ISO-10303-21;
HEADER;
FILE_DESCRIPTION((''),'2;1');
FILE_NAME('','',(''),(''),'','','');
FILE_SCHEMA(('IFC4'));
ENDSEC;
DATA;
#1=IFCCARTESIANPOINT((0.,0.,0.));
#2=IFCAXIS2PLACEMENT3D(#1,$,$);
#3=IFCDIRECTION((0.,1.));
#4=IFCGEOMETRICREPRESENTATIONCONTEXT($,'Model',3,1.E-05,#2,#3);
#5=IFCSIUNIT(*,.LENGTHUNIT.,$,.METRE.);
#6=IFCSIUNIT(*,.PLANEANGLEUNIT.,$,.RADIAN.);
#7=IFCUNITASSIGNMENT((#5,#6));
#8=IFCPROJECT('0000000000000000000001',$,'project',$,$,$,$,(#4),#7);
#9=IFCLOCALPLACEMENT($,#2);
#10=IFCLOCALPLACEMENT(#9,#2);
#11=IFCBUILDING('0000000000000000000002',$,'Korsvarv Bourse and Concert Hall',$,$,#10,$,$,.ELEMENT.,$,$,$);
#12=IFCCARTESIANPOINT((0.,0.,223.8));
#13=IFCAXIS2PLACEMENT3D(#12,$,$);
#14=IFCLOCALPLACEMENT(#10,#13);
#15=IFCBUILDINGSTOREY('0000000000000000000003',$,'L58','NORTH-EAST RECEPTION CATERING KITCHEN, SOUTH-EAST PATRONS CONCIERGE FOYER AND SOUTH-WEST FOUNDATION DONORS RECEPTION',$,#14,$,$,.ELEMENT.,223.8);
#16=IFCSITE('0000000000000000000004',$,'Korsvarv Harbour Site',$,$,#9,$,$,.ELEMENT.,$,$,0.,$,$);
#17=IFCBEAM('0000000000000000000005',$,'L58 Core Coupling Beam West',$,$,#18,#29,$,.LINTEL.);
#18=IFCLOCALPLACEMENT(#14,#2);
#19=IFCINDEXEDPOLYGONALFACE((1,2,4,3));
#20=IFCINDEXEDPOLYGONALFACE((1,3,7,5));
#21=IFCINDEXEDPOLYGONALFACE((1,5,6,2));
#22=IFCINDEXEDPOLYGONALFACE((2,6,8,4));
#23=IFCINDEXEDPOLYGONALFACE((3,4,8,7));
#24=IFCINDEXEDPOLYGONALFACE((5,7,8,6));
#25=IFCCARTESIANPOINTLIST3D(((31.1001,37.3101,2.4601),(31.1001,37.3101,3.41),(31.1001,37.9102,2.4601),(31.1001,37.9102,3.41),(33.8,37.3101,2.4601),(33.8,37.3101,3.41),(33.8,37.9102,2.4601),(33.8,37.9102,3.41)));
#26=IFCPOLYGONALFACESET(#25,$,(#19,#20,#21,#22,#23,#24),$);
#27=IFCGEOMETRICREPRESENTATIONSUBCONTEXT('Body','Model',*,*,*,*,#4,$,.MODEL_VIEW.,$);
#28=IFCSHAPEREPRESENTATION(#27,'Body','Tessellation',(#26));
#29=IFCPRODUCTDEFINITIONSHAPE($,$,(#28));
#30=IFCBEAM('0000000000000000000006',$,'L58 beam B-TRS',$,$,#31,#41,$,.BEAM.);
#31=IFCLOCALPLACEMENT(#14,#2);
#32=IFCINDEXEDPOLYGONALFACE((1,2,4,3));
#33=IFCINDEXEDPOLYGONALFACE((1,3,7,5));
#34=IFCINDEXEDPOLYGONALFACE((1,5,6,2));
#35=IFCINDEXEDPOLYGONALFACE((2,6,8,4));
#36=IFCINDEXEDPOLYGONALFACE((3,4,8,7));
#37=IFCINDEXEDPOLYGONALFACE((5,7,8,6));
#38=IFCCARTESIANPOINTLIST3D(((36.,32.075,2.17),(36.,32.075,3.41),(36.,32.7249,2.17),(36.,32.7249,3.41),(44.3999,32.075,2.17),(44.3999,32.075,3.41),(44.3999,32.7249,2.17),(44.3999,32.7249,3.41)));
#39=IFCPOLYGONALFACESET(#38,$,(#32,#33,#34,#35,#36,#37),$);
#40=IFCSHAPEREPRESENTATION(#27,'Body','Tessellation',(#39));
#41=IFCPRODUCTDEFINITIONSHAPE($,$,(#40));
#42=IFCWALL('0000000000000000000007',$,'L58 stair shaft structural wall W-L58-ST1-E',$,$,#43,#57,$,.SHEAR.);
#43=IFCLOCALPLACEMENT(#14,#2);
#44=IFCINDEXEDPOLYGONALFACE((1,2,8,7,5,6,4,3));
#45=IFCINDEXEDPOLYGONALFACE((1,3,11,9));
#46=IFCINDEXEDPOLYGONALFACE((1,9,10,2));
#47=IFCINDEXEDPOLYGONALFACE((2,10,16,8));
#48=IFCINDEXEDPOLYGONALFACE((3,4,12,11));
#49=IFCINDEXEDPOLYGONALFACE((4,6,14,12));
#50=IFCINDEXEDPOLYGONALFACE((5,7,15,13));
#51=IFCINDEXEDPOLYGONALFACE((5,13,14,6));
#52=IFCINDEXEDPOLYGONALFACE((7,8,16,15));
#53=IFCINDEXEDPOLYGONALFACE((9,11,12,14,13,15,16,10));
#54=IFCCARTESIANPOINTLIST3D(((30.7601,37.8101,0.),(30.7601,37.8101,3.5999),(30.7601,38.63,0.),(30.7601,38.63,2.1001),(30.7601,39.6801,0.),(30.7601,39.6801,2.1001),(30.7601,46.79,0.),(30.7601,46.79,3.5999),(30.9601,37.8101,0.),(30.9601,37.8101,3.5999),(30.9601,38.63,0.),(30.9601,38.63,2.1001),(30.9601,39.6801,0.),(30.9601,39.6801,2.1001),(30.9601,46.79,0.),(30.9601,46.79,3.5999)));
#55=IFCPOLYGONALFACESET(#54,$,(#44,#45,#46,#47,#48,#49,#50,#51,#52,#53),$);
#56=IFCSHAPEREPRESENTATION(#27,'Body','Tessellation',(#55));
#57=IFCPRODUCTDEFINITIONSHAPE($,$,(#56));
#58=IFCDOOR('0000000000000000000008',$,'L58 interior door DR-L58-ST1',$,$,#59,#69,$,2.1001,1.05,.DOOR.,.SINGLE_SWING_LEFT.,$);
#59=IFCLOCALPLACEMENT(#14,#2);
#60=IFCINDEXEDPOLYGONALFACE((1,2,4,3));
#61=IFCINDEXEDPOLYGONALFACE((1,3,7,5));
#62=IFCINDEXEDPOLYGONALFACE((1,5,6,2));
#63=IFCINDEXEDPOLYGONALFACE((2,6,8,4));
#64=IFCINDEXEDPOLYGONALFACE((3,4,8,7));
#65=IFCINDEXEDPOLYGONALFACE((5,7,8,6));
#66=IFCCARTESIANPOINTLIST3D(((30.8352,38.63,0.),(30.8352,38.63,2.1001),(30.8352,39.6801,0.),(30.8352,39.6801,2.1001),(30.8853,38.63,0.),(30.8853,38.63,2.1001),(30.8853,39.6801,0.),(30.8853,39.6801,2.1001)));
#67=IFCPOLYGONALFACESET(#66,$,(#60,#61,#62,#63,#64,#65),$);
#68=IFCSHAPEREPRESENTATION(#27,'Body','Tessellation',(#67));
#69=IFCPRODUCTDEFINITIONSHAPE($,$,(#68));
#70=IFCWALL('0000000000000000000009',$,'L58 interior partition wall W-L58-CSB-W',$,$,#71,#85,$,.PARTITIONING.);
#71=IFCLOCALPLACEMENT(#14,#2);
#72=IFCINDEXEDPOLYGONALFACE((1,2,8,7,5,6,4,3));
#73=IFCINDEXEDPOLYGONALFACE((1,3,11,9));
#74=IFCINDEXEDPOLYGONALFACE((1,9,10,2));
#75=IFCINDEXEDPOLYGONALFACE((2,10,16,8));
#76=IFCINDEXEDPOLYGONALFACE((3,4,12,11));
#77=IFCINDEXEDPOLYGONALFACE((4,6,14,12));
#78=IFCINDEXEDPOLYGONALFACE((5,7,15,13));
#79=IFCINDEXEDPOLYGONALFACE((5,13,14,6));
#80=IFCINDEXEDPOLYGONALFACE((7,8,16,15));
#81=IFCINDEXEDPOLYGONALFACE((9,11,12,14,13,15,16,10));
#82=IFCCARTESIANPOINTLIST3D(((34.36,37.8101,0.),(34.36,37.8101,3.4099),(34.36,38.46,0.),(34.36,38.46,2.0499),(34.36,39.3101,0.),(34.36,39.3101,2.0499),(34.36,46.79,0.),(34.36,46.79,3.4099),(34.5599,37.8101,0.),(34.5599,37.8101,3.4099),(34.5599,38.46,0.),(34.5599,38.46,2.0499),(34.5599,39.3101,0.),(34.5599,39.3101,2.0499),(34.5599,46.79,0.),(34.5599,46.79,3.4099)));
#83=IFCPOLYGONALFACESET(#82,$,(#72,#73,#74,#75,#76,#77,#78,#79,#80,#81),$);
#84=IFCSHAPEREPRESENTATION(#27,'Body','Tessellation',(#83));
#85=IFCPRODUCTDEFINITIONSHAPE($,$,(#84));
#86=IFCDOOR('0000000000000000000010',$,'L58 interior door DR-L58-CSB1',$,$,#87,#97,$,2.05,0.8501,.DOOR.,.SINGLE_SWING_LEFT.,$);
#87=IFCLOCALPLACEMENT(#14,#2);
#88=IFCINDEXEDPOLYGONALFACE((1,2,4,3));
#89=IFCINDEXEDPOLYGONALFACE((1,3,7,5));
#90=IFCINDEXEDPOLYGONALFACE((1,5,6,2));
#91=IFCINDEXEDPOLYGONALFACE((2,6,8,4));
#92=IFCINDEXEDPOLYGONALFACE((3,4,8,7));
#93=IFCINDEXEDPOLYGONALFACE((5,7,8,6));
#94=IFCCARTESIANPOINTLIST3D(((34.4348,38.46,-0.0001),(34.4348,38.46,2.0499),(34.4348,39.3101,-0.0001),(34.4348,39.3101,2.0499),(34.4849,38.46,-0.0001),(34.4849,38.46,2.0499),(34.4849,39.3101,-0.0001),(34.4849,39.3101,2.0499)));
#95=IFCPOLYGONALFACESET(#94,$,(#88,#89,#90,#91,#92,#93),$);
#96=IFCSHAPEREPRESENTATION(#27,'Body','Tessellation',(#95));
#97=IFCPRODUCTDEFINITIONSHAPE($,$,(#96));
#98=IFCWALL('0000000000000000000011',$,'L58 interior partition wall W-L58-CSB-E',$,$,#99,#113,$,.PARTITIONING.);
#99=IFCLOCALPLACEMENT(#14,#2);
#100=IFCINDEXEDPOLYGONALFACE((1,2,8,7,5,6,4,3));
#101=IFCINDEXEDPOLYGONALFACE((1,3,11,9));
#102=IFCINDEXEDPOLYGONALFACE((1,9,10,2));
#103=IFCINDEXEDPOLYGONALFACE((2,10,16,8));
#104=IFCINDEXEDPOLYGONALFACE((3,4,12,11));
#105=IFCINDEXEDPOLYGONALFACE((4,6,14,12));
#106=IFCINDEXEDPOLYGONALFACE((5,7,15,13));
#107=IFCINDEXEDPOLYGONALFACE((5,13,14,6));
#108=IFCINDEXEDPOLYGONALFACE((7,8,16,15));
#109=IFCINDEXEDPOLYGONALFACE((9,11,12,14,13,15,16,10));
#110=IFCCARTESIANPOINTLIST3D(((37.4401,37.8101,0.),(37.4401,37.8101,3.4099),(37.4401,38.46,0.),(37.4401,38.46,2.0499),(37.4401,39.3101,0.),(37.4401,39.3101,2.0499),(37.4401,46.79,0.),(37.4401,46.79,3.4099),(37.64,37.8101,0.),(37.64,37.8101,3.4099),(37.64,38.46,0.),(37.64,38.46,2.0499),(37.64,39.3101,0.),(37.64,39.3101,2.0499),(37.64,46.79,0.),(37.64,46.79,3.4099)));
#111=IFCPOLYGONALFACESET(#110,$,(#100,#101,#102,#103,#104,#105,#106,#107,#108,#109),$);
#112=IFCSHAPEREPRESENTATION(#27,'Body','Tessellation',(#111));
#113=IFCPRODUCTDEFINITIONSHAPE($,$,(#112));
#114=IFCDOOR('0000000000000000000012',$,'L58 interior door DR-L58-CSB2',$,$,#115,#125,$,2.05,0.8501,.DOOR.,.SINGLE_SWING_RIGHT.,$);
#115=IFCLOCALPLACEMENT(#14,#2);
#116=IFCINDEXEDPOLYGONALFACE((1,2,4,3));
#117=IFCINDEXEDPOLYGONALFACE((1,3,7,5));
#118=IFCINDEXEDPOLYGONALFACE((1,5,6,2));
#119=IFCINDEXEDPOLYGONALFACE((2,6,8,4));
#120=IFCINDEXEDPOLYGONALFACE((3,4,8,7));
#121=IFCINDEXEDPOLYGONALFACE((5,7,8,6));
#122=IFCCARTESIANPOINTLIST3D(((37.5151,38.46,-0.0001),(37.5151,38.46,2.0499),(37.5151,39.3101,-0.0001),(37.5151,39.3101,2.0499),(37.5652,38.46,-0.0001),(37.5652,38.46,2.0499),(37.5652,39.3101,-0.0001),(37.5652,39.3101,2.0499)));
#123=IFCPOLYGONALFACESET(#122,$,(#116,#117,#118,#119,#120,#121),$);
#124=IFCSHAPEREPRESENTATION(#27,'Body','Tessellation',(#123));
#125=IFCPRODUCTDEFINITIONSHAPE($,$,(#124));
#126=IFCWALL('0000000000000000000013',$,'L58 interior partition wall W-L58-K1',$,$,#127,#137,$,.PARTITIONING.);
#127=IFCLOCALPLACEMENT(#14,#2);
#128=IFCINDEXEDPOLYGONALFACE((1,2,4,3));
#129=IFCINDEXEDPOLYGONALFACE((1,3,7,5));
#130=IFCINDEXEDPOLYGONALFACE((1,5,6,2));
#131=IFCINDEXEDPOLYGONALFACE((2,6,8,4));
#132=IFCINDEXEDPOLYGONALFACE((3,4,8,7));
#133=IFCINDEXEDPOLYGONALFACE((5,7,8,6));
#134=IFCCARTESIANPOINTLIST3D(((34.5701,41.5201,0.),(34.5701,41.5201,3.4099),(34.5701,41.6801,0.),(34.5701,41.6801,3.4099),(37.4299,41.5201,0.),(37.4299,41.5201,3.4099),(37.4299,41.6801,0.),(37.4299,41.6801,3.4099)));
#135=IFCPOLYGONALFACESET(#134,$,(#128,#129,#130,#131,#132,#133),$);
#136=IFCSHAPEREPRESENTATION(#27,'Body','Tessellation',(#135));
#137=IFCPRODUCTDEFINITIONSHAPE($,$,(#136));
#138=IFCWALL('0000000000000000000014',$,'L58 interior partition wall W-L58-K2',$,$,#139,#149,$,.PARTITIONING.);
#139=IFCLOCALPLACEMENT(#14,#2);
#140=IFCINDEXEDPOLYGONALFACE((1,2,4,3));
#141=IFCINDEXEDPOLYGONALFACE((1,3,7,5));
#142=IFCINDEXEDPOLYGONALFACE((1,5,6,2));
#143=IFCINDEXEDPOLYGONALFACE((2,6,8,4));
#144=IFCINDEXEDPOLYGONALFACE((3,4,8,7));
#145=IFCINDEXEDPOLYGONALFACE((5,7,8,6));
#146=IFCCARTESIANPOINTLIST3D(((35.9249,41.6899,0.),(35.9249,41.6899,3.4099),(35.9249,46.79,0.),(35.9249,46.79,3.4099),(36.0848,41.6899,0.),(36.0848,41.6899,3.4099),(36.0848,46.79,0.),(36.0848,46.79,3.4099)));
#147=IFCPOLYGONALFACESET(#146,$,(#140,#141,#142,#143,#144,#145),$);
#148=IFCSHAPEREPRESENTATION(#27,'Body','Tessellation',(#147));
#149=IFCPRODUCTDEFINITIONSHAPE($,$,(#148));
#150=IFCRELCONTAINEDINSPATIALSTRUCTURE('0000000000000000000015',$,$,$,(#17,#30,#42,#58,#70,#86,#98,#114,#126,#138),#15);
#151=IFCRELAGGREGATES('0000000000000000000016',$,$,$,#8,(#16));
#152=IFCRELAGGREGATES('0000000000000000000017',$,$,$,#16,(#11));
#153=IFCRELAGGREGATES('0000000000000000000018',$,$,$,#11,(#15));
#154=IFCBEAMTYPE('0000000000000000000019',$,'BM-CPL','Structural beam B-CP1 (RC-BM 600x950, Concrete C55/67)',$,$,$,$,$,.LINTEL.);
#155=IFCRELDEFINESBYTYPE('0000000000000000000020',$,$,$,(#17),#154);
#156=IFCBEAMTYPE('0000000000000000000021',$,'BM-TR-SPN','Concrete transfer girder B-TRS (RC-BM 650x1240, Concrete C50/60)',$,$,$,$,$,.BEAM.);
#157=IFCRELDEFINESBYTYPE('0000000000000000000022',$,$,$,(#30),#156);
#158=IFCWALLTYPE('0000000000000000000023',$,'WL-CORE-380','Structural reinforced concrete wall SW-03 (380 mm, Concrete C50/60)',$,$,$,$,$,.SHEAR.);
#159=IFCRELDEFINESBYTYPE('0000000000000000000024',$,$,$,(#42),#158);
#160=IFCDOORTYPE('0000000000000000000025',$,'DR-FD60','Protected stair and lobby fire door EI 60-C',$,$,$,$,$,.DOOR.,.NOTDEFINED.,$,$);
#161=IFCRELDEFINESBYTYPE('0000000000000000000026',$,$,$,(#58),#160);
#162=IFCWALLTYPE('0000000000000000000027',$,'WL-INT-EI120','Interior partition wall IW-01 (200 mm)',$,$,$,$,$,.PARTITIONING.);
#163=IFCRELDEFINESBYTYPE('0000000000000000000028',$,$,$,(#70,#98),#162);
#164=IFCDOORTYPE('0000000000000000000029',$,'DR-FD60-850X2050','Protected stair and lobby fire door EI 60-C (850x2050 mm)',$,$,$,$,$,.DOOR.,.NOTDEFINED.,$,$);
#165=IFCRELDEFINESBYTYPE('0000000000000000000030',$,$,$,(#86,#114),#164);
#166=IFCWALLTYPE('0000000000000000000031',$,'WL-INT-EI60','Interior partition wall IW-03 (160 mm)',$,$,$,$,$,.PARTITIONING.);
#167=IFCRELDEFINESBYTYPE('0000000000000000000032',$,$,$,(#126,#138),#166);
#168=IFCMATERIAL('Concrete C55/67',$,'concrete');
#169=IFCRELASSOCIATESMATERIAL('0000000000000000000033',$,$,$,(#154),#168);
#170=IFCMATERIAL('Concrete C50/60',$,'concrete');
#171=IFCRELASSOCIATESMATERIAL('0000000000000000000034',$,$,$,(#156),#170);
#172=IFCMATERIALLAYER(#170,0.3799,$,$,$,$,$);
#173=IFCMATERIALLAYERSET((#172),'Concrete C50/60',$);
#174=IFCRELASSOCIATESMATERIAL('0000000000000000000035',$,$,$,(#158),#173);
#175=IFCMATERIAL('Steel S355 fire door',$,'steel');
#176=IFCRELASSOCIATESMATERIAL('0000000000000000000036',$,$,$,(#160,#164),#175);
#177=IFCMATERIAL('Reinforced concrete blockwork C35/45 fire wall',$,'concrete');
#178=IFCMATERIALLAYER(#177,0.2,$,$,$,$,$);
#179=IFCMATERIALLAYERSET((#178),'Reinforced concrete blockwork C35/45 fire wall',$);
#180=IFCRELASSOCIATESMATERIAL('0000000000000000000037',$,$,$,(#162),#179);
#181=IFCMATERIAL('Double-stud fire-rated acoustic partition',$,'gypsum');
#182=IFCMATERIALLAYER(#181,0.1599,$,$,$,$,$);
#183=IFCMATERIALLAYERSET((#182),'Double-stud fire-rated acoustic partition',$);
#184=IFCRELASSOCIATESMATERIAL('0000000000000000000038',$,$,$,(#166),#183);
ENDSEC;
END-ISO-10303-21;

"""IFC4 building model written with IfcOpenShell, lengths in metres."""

from ifc_helpers import new_model, si_unit, direction, frame, frame_2d, origin, origin_2d, place, context, subcontext, project, spatial, rectangle, extrude, source, transform, mapped, material, layer, layer_set, material_profile, profile_set, type_object, element, fill, save


model = new_model("IFC4")

# Units and contexts
model_context = context("Model", 3, precision=1e-05, world=origin(), true_north=direction((0.0, 1.0)))
body_context = subcontext(model_context, "Body", "Model", "MODEL_VIEW")
ifc_project = project(units=[si_unit("LENGTHUNIT", "METRE"), si_unit("PLANEANGLEUNIT", "RADIAN")], contexts=[model_context])

# Site, building, storey
site_placement = place(None, origin())
site = spatial("IfcSite", under=ifc_project, at=site_placement, Name="Korsvarv Harbour Site", CompositionType="ELEMENT", RefElevation=0.0)
building_placement = place(site_placement, origin())
building = spatial("IfcBuilding", under=site, at=building_placement, Name="Korsvarv Bourse and Concert Hall", CompositionType="ELEMENT")
storey_placement = place(building_placement, frame((0.0, 0.0, 223.8)))
storey = spatial("IfcBuildingStorey", under=building, at=storey_placement, Name="L58", Description="NORTH-EAST RECEPTION CATERING KITCHEN, SOUTH-EAST PATRONS CONCIERGE FOYER AND SOUTH-WEST FOUNDATION DONORS RECEPTION", CompositionType="ELEMENT", Elevation=223.8)

# Beams
ifc_material_1 = material(Name="Concrete C55/67", Category="concrete")
ifc_material_profile_1 = material_profile(ifc_material_1, rectangle(XDim=0.6001, YDim=0.95, at=origin_2d()), Name="RC-BM 600x950")
ifc_profile_set_1 = profile_set([ifc_material_profile_1], Name="Concrete C55/67")
beam_type_1 = type_object("IfcBeamType", Name="BM-CPL", Description="Structural beam B-CP1 (RC-BM 600x950, Concrete C55/67)", PredefinedType="LINTEL", material=ifc_profile_set_1)
shared_shape_1 = source(origin(), body_context, "Body", "SweptSolid", [
    extrude(rectangle(XDim=0.6001, YDim=0.95, at=origin_2d()), origin(), (0.0, 0.0, 1.0), 2.7),
])
beam_1_placement = place(storey_placement, frame((31.1001, 37.6101, 2.9351), z_axis=(1.0, 0.0, 0.0), x_axis=(0.0, 1.0, 0.0)))
element("IfcBeam", 1, at=beam_1_placement, inside=storey, type_object=beam_type_1, Name="L58 Core Coupling Beam West", PredefinedType="LINTEL", context=body_context, shape_type="MappedRepresentation", body=[
    mapped(shared_shape_1, transform((0.0, 0.0, 0.0), scale=1.0)),
])
ifc_material_2 = material(Name="Concrete C50/60", Category="concrete")
ifc_material_profile_2 = material_profile(ifc_material_2, rectangle(XDim=0.6499, YDim=1.24, at=origin_2d()), Name="RC-BM 650x1240")
ifc_profile_set_2 = profile_set([ifc_material_profile_2], Name="Concrete C50/60")
beam_type_2 = type_object("IfcBeamType", Name="BM-TR-SPN", Description="Concrete transfer girder B-TRS (RC-BM 650x1240, Concrete C50/60)", PredefinedType="BEAM", material=ifc_profile_set_2)
shared_shape_2 = source(origin(), body_context, "Body", "SweptSolid", [
    extrude(rectangle(XDim=0.6499, YDim=1.24, at=origin_2d()), origin(), (0.0, 0.0, 1.0), 8.3999),
])
beam_2_placement = place(storey_placement, frame((36.0, 32.3999, 2.79), z_axis=(1.0, 0.0, 0.0), x_axis=(0.0, 1.0, 0.0)))
element("IfcBeam", 2, at=beam_2_placement, inside=storey, type_object=beam_type_2, Name="L58 beam B-TRS", PredefinedType="BEAM", context=body_context, shape_type="MappedRepresentation", body=[
    mapped(shared_shape_2, transform((0.0, 0.0, 0.0), scale=1.0)),
])

# Walls, openings, doors
ifc_layer_1 = layer(ifc_material_2, 0.3799)
ifc_layer_set_1 = layer_set([ifc_layer_1], Name="Concrete C50/60")
wall_type_1 = type_object("IfcWallType", Name="WL-CORE-380", Description="Structural reinforced concrete wall SW-03 (380 mm, Concrete C50/60)", PredefinedType="SHEAR", material=ifc_layer_set_1)
wall_1_placement = place(storey_placement, frame((30.8601, 37.8101, 0.0), z_axis=(0.0, 0.0, 1.0), x_axis=(0.0, 1.0, 0.0)))
wall_1 = element("IfcWall", 3, at=wall_1_placement, inside=storey, type_object=wall_type_1, Name="L58 stair shaft structural wall W-L58-ST1-E", PredefinedType="SHEAR", context=body_context, shape_type="SweptSolid", body=[
    extrude(rectangle(XDim=8.98, YDim=0.2, at=frame_2d((4.49, 0.0))), origin(), (0.0, 0.0, 1.0), 3.5999),
])
opening_1_placement = place(wall_1_placement, frame((0.8201, 0.0, 0.0)))
opening_1 = element("IfcOpeningElement", 4, at=opening_1_placement, cuts=wall_1, PredefinedType="OPENING", context=body_context, shape_type="SweptSolid", body=[
    extrude(rectangle(XDim=1.05, YDim=2.1001, at=frame_2d((0.5249, 1.05))), frame((0.0, 0.1099, 0.0), z_axis=(0.0, -1.0, 0.0), x_axis=(1.0, 0.0, 0.0)), (0.0, 0.0, 1.0), 0.22),
])
ifc_material_3 = material(Name="Steel S355 fire door", Category="steel")
door_type_1 = type_object("IfcDoorType", Name="DR-FD60", Description="Protected stair and lobby fire door EI 60-C", OperationType="NOTDEFINED", PredefinedType="DOOR", material=ifc_material_3)
door_1_placement = place(opening_1_placement, origin())
door_1 = element("IfcDoor", 5, at=door_1_placement, inside=storey, type_object=door_type_1, Name="L58 interior door DR-L58-ST1", OperationType="SINGLE_SWING_LEFT", OverallHeight=2.1001, OverallWidth=1.05, PredefinedType="DOOR", context=body_context, shape_type="SweptSolid", body=[
    extrude(rectangle(XDim=1.05, YDim=2.1001, at=frame_2d((0.5249, 1.05))), frame((0.0, 0.0249, 0.0), z_axis=(0.0, -1.0, 0.0), x_axis=(1.0, 0.0, 0.0)), (0.0, 0.0, 1.0), 0.05),
])
fill(opening_1, door_1)
ifc_material_4 = material(Name="Reinforced concrete blockwork C35/45 fire wall", Category="concrete")
ifc_layer_2 = layer(ifc_material_4, 0.2)
ifc_layer_set_2 = layer_set([ifc_layer_2], Name="Reinforced concrete blockwork C35/45 fire wall")
wall_type_2 = type_object("IfcWallType", Name="WL-INT-EI120", Description="Interior partition wall IW-01 (200 mm)", PredefinedType="PARTITIONING", material=ifc_layer_set_2)
wall_2_placement = place(storey_placement, frame((34.46, 37.8101, 0.0), z_axis=(0.0, 0.0, 1.0), x_axis=(0.0, 1.0, 0.0)))
wall_2 = element("IfcWall", 6, at=wall_2_placement, inside=storey, type_object=wall_type_2, Name="L58 interior partition wall W-L58-CSB-W", PredefinedType="PARTITIONING", context=body_context, shape_type="SweptSolid", body=[
    extrude(rectangle(XDim=8.98, YDim=0.2, at=frame_2d((4.49, 0.0))), origin(), (0.0, 0.0, 1.0), 3.4099),
])
opening_2_placement = place(wall_2_placement, frame((0.6499, 0.0, 0.0)))
opening_2 = element("IfcOpeningElement", 7, at=opening_2_placement, cuts=wall_2, PredefinedType="OPENING", context=body_context, shape_type="SweptSolid", body=[
    extrude(rectangle(XDim=0.8501, YDim=2.05, at=frame_2d((0.425, 1.0249))), frame((0.0, 0.1099, 0.0), z_axis=(0.0, -1.0, 0.0), x_axis=(1.0, 0.0, 0.0)), (0.0, 0.0, 1.0), 0.22),
])
door_type_2 = type_object("IfcDoorType", Name="DR-FD60-850X2050", Description="Protected stair and lobby fire door EI 60-C (850x2050 mm)", OperationType="NOTDEFINED", PredefinedType="DOOR", material=ifc_material_3)
door_2_placement = place(opening_2_placement, frame((0.8501, 0.0, 0.0), z_axis=(0.0, 0.0, 1.0), x_axis=(-1.0, 0.0, 0.0)))
door_2 = element("IfcDoor", 8, at=door_2_placement, inside=storey, type_object=door_type_2, Name="L58 interior door DR-L58-CSB1", OperationType="SINGLE_SWING_LEFT", OverallHeight=2.05, OverallWidth=0.8501, PredefinedType="DOOR", context=body_context, shape_type="SweptSolid", body=[
    extrude(rectangle(XDim=0.8501, YDim=2.05, at=frame_2d((0.425, 1.0249))), frame((0.0, 0.0249, 0.0), z_axis=(0.0, -1.0, 0.0), x_axis=(1.0, 0.0, 0.0)), (0.0, 0.0, 1.0), 0.05),
])
fill(opening_2, door_2)
wall_3_placement = place(storey_placement, frame((37.54, 37.8101, 0.0), z_axis=(0.0, 0.0, 1.0), x_axis=(0.0, 1.0, 0.0)))
wall_3 = element("IfcWall", 9, at=wall_3_placement, inside=storey, type_object=wall_type_2, Name="L58 interior partition wall W-L58-CSB-E", PredefinedType="PARTITIONING", context=body_context, shape_type="SweptSolid", body=[
    extrude(rectangle(XDim=8.98, YDim=0.2, at=frame_2d((4.49, 0.0))), origin(), (0.0, 0.0, 1.0), 3.4099),
])
opening_3_placement = place(wall_3_placement, frame((0.6499, 0.0, 0.0)))
opening_3 = element("IfcOpeningElement", 10, at=opening_3_placement, cuts=wall_3, PredefinedType="OPENING", context=body_context, shape_type="SweptSolid", body=[
    extrude(rectangle(XDim=0.8501, YDim=2.05, at=frame_2d((0.425, 1.0249))), frame((0.0, 0.1099, 0.0), z_axis=(0.0, -1.0, 0.0), x_axis=(1.0, 0.0, 0.0)), (0.0, 0.0, 1.0), 0.22),
])
door_3_placement = place(opening_3_placement, origin())
door_3 = element("IfcDoor", 11, at=door_3_placement, inside=storey, type_object=door_type_2, Name="L58 interior door DR-L58-CSB2", OperationType="SINGLE_SWING_RIGHT", OverallHeight=2.05, OverallWidth=0.8501, PredefinedType="DOOR", context=body_context, shape_type="SweptSolid", body=[
    extrude(rectangle(XDim=0.8501, YDim=2.05, at=frame_2d((0.425, 1.0249))), frame((0.0, 0.0249, 0.0), z_axis=(0.0, -1.0, 0.0), x_axis=(1.0, 0.0, 0.0)), (0.0, 0.0, 1.0), 0.05),
])
fill(opening_3, door_3)

# Walls
ifc_material_5 = material(Name="Double-stud fire-rated acoustic partition", Category="gypsum")
ifc_layer_3 = layer(ifc_material_5, 0.1599)
ifc_layer_set_3 = layer_set([ifc_layer_3], Name="Double-stud fire-rated acoustic partition")
wall_type_3 = type_object("IfcWallType", Name="WL-INT-EI60", Description="Interior partition wall IW-03 (160 mm)", PredefinedType="PARTITIONING", material=ifc_layer_set_3)
wall_4_placement = place(storey_placement, frame((34.5701, 41.6001, 0.0), z_axis=(0.0, 0.0, 1.0), x_axis=(1.0, 0.0, 0.0)))
element("IfcWall", 12, at=wall_4_placement, inside=storey, type_object=wall_type_3, Name="L58 interior partition wall W-L58-K1", PredefinedType="PARTITIONING", context=body_context, shape_type="SweptSolid", body=[
    extrude(rectangle(XDim=2.8599, YDim=0.1599, at=frame_2d((1.4299, 0.0))), origin(), (0.0, 0.0, 1.0), 3.4099),
])
wall_5_placement = place(storey_placement, frame((36.0049, 41.6899, 0.0), z_axis=(0.0, 0.0, 1.0), x_axis=(0.0, 1.0, 0.0)))
element("IfcWall", 13, at=wall_5_placement, inside=storey, type_object=wall_type_3, Name="L58 interior partition wall W-L58-K2", PredefinedType="PARTITIONING", context=body_context, shape_type="SweptSolid", body=[
    extrude(rectangle(XDim=5.1001, YDim=0.1599, at=frame_2d((2.55, 0.0))), origin(), (0.0, 0.0, 1.0), 3.4099),
])

save(model, "model.ifc")
